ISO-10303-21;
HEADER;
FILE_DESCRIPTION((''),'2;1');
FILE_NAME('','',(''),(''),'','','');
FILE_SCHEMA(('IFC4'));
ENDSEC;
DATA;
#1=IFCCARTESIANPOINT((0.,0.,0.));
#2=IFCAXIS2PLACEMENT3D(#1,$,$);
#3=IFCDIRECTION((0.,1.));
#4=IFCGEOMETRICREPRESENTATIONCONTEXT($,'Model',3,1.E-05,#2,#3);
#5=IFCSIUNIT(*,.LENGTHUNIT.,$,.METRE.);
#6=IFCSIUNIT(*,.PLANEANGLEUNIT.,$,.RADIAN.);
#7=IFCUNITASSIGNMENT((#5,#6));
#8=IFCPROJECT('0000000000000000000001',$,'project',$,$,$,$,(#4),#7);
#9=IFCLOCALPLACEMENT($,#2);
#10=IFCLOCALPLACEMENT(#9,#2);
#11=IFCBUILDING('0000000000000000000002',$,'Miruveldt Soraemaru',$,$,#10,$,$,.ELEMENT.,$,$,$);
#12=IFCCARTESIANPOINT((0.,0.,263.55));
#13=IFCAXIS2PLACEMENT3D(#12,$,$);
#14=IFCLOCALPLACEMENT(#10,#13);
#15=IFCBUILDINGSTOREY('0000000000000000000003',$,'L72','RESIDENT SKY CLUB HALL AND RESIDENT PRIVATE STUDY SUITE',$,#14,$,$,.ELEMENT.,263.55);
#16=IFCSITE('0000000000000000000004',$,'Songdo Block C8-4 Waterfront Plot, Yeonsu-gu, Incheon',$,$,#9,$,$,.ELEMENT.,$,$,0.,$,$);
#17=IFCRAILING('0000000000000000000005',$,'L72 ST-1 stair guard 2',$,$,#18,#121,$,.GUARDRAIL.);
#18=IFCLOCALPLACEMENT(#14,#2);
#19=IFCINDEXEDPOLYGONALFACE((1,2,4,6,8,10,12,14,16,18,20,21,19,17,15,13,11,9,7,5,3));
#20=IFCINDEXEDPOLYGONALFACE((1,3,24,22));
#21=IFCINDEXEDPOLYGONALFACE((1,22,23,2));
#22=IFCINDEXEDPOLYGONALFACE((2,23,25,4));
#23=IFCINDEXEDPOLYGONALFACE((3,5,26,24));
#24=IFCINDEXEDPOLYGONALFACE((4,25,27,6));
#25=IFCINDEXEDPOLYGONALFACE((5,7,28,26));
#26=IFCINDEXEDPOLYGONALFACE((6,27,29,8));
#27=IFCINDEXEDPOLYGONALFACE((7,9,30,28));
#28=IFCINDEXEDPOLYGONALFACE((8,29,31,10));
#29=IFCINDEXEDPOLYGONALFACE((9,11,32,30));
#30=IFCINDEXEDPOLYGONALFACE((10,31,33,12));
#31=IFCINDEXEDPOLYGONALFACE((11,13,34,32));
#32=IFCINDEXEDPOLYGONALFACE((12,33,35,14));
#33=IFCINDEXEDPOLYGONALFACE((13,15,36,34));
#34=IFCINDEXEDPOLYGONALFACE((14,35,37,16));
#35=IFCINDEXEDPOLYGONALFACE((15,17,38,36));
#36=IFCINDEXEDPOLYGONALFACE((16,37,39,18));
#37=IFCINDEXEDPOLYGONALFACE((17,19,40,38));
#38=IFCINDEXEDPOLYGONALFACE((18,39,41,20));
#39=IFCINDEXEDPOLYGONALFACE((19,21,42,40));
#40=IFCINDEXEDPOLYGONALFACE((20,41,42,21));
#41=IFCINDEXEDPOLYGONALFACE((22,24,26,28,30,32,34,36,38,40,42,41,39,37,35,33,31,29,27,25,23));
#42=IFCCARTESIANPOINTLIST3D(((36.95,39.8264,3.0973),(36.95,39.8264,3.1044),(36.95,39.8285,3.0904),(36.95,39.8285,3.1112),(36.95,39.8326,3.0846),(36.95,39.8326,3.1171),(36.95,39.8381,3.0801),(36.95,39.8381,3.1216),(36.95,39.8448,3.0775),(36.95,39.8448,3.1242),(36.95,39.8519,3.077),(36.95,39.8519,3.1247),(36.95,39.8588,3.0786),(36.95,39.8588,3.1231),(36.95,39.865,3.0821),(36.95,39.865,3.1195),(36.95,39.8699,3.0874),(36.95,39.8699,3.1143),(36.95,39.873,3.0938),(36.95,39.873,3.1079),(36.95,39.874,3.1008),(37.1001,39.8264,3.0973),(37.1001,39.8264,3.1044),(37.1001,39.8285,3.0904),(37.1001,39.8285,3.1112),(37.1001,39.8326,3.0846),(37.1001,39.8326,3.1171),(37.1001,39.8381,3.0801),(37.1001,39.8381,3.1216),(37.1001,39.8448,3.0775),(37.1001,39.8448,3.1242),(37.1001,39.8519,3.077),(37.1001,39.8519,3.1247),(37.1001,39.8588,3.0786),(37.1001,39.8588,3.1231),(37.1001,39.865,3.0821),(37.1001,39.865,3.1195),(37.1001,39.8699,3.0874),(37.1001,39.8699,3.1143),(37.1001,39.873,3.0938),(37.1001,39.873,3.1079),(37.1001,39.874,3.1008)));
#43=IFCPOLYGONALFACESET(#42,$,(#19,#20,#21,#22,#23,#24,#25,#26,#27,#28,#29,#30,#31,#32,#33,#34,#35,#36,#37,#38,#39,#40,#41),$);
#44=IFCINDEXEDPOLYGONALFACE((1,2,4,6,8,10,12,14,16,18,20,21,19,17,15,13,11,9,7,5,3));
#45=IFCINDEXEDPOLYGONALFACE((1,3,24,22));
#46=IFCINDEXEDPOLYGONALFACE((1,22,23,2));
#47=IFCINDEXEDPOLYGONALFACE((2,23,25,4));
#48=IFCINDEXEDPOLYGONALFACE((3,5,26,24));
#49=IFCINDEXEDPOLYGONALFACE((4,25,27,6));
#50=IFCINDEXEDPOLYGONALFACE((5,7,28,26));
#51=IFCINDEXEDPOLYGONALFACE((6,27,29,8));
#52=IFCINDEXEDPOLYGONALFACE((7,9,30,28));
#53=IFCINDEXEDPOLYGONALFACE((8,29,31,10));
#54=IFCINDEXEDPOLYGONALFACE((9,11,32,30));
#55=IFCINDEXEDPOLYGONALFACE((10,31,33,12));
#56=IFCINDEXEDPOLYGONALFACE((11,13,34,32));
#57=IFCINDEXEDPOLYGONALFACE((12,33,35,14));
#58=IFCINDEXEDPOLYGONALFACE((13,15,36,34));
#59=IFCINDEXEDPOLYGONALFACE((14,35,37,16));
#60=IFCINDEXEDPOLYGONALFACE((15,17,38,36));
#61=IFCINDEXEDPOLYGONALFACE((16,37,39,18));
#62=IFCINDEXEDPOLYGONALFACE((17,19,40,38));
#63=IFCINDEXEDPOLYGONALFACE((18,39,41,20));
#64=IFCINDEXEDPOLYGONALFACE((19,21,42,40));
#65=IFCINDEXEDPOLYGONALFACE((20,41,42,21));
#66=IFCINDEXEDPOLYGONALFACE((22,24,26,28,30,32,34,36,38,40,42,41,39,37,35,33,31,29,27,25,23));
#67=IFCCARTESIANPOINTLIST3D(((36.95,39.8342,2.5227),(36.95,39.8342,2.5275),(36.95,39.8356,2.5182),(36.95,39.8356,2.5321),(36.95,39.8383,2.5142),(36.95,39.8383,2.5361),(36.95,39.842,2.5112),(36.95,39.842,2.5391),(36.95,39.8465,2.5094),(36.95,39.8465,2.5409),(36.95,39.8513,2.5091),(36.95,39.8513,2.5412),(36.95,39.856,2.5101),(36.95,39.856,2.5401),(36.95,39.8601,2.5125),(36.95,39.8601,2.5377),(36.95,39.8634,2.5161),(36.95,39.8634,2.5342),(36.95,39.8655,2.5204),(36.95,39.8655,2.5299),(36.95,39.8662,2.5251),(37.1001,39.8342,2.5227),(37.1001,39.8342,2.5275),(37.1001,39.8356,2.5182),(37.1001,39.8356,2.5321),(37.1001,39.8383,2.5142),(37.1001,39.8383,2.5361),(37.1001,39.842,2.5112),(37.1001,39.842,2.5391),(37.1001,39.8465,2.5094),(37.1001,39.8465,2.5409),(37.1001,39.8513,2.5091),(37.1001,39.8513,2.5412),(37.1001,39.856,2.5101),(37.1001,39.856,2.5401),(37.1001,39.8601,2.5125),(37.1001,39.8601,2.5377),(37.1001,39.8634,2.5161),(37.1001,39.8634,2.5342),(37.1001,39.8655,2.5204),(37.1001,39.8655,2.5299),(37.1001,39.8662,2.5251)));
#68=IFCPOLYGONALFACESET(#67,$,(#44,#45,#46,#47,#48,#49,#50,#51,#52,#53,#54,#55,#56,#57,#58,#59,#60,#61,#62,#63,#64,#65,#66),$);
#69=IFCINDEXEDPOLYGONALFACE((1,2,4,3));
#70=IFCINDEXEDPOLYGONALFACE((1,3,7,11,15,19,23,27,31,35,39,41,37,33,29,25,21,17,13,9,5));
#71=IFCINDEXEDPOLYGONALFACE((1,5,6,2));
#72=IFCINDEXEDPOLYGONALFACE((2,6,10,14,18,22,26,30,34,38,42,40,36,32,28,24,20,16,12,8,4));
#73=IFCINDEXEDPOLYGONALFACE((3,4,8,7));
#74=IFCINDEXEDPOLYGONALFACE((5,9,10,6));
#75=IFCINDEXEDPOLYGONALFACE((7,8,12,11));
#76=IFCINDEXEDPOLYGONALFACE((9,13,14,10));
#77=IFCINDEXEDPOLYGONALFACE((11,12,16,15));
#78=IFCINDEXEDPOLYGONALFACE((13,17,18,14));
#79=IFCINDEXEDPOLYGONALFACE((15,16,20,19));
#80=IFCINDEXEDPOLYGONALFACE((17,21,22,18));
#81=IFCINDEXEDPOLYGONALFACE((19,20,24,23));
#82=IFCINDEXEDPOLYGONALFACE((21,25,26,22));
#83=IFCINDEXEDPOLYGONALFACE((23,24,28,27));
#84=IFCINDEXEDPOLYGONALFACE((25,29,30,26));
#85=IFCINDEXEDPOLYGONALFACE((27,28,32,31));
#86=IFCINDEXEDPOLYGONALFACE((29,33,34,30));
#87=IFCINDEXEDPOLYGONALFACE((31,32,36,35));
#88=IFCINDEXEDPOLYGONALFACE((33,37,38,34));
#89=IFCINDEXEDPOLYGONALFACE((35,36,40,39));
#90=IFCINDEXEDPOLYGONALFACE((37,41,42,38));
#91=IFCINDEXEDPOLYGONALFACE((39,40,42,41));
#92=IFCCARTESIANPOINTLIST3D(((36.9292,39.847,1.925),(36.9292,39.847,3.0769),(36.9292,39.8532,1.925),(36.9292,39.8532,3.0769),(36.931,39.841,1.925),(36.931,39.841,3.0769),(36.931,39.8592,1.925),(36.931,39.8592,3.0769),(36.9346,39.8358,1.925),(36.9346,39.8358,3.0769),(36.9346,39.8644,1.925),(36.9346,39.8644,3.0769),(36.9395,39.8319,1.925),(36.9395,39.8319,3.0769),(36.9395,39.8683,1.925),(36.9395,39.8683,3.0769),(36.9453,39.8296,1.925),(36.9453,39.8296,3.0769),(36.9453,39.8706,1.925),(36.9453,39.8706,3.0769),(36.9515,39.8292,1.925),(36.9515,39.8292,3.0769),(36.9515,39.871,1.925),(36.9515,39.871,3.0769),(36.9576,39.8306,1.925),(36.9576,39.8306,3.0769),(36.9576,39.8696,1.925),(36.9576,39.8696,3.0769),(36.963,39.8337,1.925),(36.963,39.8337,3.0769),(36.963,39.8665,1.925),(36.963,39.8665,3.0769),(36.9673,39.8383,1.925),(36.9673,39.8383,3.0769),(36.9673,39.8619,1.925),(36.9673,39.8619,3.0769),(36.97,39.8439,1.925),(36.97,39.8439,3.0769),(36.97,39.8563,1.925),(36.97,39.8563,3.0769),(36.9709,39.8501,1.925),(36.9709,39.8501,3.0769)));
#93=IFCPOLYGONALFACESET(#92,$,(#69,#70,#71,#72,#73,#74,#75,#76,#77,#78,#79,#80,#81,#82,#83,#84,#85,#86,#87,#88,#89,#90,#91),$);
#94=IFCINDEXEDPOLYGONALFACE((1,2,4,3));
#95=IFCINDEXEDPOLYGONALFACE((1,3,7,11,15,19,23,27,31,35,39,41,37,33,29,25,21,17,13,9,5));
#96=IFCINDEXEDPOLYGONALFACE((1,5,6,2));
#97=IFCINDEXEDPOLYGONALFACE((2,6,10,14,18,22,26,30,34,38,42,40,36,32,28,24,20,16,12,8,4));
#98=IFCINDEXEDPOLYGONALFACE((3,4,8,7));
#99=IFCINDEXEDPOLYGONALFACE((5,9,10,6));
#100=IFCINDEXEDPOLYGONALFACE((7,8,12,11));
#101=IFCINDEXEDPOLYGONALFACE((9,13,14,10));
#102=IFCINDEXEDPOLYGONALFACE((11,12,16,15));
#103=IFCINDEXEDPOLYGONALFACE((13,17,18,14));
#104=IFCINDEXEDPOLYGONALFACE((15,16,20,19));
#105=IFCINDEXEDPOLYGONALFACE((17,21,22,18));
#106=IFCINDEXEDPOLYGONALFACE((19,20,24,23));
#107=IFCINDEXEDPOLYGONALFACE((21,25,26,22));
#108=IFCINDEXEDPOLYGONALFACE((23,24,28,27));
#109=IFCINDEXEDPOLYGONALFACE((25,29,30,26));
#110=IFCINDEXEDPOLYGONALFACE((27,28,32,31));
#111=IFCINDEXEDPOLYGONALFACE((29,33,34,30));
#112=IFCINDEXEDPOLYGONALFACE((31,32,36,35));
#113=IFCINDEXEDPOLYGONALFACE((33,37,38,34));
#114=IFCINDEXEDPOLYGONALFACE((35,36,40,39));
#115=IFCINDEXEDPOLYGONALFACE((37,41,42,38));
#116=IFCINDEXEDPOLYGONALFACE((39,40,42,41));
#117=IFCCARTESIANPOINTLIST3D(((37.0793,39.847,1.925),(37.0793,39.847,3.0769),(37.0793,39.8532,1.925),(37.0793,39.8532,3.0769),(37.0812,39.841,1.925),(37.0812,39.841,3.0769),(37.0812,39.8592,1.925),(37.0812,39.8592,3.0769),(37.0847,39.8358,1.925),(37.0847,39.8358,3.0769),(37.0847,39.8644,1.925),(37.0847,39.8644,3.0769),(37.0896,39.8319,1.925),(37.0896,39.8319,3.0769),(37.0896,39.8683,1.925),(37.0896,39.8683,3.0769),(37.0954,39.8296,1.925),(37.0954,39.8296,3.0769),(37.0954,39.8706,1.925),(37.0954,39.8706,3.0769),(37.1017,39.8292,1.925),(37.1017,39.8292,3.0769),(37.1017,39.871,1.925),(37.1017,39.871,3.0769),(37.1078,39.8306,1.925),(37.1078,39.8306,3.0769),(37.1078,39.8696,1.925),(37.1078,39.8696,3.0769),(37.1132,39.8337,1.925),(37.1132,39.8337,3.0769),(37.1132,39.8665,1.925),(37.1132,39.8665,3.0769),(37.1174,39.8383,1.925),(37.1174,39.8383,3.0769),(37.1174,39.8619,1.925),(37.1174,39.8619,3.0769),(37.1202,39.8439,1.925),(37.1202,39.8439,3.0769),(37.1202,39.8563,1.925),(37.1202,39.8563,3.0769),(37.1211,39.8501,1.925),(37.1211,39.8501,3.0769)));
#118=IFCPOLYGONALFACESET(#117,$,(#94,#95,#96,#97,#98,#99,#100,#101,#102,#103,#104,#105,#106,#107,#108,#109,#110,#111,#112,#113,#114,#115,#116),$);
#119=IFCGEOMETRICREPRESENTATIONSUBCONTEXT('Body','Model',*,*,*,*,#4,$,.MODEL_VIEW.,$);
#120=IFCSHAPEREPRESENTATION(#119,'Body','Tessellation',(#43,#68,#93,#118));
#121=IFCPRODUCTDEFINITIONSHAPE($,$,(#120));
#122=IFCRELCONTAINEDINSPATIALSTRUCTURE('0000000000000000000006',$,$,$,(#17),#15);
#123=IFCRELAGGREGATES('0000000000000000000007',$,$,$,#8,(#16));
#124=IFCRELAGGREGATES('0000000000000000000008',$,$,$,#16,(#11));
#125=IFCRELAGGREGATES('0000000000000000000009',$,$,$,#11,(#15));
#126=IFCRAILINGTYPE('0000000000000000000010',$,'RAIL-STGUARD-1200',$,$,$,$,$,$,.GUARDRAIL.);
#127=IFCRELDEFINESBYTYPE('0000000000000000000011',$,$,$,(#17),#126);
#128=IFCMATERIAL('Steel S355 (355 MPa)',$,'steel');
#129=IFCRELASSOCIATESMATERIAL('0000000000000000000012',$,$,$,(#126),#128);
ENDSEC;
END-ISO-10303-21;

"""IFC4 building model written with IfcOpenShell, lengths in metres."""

from ifc_helpers import new_model, si_unit, direction, frame, origin, origin_2d, place, context, subcontext, project, spatial, circle, extrude, material, type_object, element, save


model = new_model("IFC4")

# Units and contexts
model_context = context("Model", 3, precision=1e-05, world=origin(), true_north=direction((0.0, 1.0)))
body_context = subcontext(model_context, "Body", "Model", "MODEL_VIEW")
ifc_project = project(units=[si_unit("LENGTHUNIT", "METRE"), si_unit("PLANEANGLEUNIT", "RADIAN")], contexts=[model_context])

# Site, building, storey
site_placement = place(None, origin())
site = spatial("IfcSite", under=ifc_project, at=site_placement, Name="Songdo Block C8-4 Waterfront Plot, Yeonsu-gu, Incheon", CompositionType="ELEMENT", RefElevation=0.0)
building_placement = place(site_placement, origin())
building = spatial("IfcBuilding", under=site, at=building_placement, Name="Miruveldt Soraemaru", CompositionType="ELEMENT")
storey_placement = place(building_placement, frame((0.0, 0.0, 263.55)))
storey = spatial("IfcBuildingStorey", under=building, at=storey_placement, Name="L72", Description="RESIDENT SKY CLUB HALL AND RESIDENT PRIVATE STUDY SUITE", CompositionType="ELEMENT", Elevation=263.55)

# Railing
ifc_material_1 = material(Name="Steel S355 (355 MPa)", Category="steel")
railing_type_1 = type_object("IfcRailingType", Name="RAIL-STGUARD-1200", PredefinedType="GUARDRAIL", material=ifc_material_1)
railing_1_placement = place(storey_placement, frame((36.95, 39.8501, 1.925)))
element("IfcRailing", 1, at=railing_1_placement, inside=storey, type_object=railing_type_1, Name="L72 ST-1 stair guard 2", PredefinedType="GUARDRAIL", context=body_context, shape_type="SweptSolid", body=[
    extrude(circle(Radius=0.0239, at=origin_2d()), frame((0.0, 0.0, 1.1758), z_axis=(1.0, 0.0, 0.0), x_axis=(0.0, 1.0, 0.0)), (0.0, 0.0, 1.0), 0.1501),
    extrude(circle(Radius=0.0161, at=origin_2d()), frame((0.0, 0.0, 0.6001), z_axis=(1.0, 0.0, 0.0), x_axis=(0.0, 1.0, 0.0)), (0.0, 0.0, 1.0), 0.1501),
    extrude(circle(Radius=0.021, at=origin_2d()), origin(), (0.0, 0.0, 1.0), 1.1519),
    extrude(circle(Radius=0.021, at=origin_2d()), frame((0.1501, 0.0, 0.0)), (0.0, 0.0, 1.0), 1.1519),
])

save(model, "model.ifc")
